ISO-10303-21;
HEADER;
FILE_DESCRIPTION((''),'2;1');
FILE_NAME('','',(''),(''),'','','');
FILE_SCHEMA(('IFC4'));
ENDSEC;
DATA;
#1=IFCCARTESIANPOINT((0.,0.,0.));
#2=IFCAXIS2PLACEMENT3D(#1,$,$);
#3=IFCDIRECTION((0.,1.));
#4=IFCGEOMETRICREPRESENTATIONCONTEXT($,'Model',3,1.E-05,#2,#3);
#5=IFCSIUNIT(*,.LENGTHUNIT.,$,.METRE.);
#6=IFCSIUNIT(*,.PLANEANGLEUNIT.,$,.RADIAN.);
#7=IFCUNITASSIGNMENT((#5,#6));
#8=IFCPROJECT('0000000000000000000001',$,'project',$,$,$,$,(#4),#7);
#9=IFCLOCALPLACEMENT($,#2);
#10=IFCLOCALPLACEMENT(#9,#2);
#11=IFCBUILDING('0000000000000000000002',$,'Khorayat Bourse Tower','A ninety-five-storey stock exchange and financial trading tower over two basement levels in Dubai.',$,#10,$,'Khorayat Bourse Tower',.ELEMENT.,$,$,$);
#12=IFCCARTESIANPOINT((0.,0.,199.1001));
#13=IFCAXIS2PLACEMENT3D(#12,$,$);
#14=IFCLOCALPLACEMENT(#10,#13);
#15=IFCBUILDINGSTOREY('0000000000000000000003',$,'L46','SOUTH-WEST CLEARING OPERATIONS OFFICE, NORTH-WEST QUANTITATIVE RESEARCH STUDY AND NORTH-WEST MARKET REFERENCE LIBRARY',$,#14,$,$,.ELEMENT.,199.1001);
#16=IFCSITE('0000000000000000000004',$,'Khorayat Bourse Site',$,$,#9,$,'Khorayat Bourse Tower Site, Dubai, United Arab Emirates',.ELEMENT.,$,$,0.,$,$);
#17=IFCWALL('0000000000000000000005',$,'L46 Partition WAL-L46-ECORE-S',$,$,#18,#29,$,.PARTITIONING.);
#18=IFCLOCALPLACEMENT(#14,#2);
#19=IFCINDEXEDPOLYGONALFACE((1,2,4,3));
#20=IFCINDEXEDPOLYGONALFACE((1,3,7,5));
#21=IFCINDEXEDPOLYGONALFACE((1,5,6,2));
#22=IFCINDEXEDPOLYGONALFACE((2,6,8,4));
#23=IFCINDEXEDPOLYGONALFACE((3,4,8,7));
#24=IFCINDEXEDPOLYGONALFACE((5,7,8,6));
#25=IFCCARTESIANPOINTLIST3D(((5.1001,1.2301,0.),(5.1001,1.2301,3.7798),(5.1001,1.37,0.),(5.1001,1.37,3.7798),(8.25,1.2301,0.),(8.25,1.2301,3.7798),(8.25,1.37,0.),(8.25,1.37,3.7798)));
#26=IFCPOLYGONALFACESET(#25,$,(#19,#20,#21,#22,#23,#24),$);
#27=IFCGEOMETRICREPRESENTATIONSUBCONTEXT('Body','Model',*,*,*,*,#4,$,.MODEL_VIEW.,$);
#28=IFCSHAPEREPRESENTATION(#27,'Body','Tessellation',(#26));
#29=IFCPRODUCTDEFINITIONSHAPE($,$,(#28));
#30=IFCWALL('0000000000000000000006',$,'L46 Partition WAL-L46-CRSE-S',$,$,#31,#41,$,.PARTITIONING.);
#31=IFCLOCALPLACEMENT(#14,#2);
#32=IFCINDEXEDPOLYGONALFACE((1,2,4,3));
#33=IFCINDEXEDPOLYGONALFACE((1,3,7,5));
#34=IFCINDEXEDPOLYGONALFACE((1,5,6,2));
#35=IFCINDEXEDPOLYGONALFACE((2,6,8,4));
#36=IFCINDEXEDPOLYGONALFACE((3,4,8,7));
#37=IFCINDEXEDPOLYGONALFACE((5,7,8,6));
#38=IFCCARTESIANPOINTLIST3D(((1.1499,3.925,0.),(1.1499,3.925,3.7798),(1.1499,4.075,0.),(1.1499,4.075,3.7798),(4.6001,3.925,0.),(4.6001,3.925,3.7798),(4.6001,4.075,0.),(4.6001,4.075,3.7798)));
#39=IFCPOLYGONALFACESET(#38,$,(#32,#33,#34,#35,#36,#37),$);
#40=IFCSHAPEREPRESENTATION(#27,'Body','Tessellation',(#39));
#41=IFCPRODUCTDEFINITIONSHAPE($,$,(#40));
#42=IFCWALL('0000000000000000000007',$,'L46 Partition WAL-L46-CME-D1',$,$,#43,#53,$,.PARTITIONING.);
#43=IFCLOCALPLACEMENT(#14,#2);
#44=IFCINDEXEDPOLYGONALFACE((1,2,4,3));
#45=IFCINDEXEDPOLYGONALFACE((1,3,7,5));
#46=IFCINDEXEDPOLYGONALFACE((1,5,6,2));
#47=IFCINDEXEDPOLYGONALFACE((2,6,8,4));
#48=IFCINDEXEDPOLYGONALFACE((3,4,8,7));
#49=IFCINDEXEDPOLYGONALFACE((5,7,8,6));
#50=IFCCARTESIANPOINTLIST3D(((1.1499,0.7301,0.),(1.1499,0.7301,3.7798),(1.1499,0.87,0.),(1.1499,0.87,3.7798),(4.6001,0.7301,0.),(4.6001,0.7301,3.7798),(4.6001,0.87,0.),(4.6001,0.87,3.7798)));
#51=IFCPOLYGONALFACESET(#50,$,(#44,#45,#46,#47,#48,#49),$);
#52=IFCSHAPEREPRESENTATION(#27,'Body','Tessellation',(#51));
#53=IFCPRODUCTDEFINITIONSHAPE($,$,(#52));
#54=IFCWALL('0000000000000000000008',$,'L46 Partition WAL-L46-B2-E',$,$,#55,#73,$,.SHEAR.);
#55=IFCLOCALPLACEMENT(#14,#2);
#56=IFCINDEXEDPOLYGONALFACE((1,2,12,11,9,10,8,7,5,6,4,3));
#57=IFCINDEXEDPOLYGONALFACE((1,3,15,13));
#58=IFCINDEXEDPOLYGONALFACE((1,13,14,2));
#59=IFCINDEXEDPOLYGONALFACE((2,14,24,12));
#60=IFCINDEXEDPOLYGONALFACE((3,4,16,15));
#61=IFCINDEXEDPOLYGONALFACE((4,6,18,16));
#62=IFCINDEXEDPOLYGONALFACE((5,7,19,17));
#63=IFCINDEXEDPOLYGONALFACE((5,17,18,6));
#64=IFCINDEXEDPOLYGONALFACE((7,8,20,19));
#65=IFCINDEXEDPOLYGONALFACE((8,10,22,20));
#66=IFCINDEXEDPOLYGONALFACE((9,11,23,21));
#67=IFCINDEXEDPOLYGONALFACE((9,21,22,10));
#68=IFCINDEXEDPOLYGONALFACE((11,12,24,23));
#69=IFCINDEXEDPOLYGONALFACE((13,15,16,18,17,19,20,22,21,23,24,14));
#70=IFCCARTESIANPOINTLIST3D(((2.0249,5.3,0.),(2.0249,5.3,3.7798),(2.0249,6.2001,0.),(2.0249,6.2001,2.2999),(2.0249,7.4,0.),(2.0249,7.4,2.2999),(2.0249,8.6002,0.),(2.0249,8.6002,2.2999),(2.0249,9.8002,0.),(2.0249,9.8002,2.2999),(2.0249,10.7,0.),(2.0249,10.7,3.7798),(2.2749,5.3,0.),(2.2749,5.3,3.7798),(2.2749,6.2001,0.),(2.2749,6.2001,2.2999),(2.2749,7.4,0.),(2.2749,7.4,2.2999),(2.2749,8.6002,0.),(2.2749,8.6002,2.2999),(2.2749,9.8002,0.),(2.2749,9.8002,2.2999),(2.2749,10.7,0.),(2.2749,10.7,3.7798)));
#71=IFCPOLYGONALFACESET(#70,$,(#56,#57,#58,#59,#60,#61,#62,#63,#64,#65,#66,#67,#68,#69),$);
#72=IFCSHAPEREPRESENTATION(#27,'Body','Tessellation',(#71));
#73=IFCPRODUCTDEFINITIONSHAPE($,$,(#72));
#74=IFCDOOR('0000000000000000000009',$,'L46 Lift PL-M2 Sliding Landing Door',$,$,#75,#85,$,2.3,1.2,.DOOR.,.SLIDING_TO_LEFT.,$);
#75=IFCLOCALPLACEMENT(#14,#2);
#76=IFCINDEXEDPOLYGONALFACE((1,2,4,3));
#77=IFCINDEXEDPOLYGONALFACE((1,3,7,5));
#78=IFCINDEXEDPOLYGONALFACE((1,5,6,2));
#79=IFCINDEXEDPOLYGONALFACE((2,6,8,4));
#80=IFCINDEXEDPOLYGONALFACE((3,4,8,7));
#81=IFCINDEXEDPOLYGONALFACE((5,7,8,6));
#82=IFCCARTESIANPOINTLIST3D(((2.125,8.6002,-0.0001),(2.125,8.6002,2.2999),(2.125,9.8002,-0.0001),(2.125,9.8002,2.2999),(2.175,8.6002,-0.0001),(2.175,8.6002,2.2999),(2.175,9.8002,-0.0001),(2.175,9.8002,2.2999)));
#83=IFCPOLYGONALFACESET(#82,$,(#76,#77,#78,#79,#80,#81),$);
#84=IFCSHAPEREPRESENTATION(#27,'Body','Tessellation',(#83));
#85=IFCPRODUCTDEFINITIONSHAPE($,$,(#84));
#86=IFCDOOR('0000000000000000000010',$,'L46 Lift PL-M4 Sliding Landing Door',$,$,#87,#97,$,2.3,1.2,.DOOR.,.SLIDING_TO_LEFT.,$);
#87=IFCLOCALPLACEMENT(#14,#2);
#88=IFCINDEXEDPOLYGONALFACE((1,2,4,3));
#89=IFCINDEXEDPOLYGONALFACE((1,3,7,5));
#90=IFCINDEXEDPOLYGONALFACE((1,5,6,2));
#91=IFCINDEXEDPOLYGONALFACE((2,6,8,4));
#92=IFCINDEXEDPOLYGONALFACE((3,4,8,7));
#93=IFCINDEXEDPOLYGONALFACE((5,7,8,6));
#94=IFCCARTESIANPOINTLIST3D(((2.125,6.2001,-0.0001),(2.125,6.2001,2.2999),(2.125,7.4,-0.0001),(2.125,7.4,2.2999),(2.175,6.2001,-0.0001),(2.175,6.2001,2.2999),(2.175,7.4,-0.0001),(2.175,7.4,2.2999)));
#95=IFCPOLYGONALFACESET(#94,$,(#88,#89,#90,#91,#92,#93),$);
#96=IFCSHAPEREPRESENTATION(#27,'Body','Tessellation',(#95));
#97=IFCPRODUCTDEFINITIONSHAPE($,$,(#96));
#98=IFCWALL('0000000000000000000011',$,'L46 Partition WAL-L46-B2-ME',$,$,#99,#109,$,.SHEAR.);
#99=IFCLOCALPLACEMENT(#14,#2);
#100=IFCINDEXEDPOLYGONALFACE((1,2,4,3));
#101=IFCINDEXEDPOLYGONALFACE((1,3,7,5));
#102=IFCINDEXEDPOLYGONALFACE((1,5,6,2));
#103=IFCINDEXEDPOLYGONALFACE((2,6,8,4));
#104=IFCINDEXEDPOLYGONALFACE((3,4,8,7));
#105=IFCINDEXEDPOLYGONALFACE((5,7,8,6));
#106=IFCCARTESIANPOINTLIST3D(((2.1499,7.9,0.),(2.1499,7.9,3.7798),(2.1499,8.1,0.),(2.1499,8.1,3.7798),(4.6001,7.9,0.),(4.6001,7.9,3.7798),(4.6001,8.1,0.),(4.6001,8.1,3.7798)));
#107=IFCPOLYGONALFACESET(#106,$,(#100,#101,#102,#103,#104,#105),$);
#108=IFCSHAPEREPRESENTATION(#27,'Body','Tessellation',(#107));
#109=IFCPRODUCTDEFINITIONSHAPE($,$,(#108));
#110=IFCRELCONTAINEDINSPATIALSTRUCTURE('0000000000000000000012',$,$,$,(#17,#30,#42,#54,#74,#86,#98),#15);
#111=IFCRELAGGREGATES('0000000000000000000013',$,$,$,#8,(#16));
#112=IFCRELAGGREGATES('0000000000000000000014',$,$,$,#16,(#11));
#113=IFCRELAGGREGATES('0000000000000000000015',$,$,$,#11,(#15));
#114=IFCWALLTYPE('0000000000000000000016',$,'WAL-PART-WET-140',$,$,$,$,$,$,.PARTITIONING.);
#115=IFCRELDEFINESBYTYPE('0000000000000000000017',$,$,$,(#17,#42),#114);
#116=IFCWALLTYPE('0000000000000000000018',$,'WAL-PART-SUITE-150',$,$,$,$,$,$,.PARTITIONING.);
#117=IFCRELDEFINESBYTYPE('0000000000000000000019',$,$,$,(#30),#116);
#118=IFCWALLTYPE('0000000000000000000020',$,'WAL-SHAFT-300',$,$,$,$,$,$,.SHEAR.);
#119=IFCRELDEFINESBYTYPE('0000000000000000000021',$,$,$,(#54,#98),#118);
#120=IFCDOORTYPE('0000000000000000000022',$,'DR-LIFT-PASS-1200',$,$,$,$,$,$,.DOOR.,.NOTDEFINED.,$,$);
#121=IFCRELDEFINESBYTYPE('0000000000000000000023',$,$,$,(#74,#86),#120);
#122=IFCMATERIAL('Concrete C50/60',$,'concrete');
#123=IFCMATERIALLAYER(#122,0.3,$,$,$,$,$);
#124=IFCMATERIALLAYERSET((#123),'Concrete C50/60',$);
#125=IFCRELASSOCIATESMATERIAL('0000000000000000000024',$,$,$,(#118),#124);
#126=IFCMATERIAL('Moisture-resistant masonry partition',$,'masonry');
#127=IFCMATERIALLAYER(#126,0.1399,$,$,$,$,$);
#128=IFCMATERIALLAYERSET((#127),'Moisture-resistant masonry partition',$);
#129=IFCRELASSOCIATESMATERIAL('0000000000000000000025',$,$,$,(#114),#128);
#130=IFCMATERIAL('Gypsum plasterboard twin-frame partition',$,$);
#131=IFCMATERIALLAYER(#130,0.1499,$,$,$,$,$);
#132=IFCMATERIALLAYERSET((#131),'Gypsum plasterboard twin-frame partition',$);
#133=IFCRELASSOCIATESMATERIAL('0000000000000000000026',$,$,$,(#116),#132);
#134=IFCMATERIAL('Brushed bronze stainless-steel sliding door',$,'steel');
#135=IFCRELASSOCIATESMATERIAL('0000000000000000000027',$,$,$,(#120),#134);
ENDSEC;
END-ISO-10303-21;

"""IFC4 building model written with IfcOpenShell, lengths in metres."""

from ifc_helpers import new_model, si_unit, direction, frame, frame_2d, origin, place, context, subcontext, project, spatial, rectangle, extrude, source, transform, mapped, material, layer, layer_set, type_object, element, fill, save


model = new_model("IFC4")

# Units and contexts
model_context = context("Model", 3, precision=1e-05, world=origin(), true_north=direction((0.0, 1.0)))
body_context = subcontext(model_context, "Body", "Model", "MODEL_VIEW")
ifc_project = project(units=[si_unit("LENGTHUNIT", "METRE"), si_unit("PLANEANGLEUNIT", "RADIAN")], contexts=[model_context])

# Site, building, storey
site_placement = place(None, origin())
site = spatial("IfcSite", under=ifc_project, at=site_placement, Name="Khorayat Bourse Site", LongName="Khorayat Bourse Tower Site, Dubai, United Arab Emirates", CompositionType="ELEMENT", RefElevation=0.0)
building_placement = place(site_placement, origin())
building = spatial("IfcBuilding", under=site, at=building_placement, Name="Khorayat Bourse Tower", Description="A ninety-five-storey stock exchange and financial trading tower over two basement levels in Dubai.", LongName="Khorayat Bourse Tower", CompositionType="ELEMENT")
storey_placement = place(building_placement, frame((0.0, 0.0, 199.1001)))
storey = spatial("IfcBuildingStorey", under=building, at=storey_placement, Name="L46", Description="SOUTH-WEST CLEARING OPERATIONS OFFICE, NORTH-WEST QUANTITATIVE RESEARCH STUDY AND NORTH-WEST MARKET REFERENCE LIBRARY", CompositionType="ELEMENT", Elevation=199.1001)

# Wall
ifc_material_1 = material(Name="Concrete C50/60", Category="concrete")
ifc_layer_1 = layer(ifc_material_1, 0.3)
ifc_layer_set_1 = layer_set([ifc_layer_1], Name="Concrete C50/60")
wall_type_1 = type_object("IfcWallType", Name="WAL-SHAFT-300", PredefinedType="SHEAR", material=ifc_layer_set_1)
ifc_material_2 = material(Name="Moisture-resistant masonry partition", Category="masonry")
ifc_layer_2 = layer(ifc_material_2, 0.1399)
ifc_layer_set_2 = layer_set([ifc_layer_2], Name="Moisture-resistant masonry partition")
wall_type_2 = type_object("IfcWallType", Name="WAL-PART-WET-140", PredefinedType="PARTITIONING", material=ifc_layer_set_2)
shared_shape_1 = source(origin(), body_context, "Body", "SweptSolid", [
    extrude(rectangle(XDim=3.1499, YDim=0.1399, at=frame_2d((1.575, 0.0))), origin(), (0.0, 0.0, 1.0), 3.7798),
])
wall_1_placement = place(storey_placement, frame((5.1001, 1.3, 0.0), z_axis=(0.0, 0.0, 1.0), x_axis=(1.0, 0.0, 0.0)))
element("IfcWall", 1, at=wall_1_placement, inside=storey, type_object=wall_type_2, Name="L46 Partition WAL-L46-ECORE-S", PredefinedType="PARTITIONING", context=body_context, shape_type="MappedRepresentation", body=[
    mapped(shared_shape_1, transform((0.0, 0.0, 0.0), scale=1.0)),
])

# Walls
ifc_material_3 = material(Name="Gypsum plasterboard twin-frame partition")
ifc_layer_3 = layer(ifc_material_3, 0.1499)
ifc_layer_set_3 = layer_set([ifc_layer_3], Name="Gypsum plasterboard twin-frame partition")
wall_type_3 = type_object("IfcWallType", Name="WAL-PART-SUITE-150", PredefinedType="PARTITIONING", material=ifc_layer_set_3)
shared_shape_2 = source(origin(), body_context, "Body", "SweptSolid", [
    extrude(rectangle(XDim=3.4502, YDim=0.1499, at=frame_2d((1.7251, 0.0))), origin(), (0.0, 0.0, 1.0), 3.7798),
])
wall_2_placement = place(storey_placement, frame((1.1499, 4.0, 0.0), z_axis=(0.0, 0.0, 1.0), x_axis=(1.0, 0.0, 0.0)))
element("IfcWall", 2, at=wall_2_placement, inside=storey, type_object=wall_type_3, Name="L46 Partition WAL-L46-CRSE-S", PredefinedType="PARTITIONING", context=body_context, shape_type="MappedRepresentation", body=[
    mapped(shared_shape_2, transform((0.0, 0.0, 0.0), scale=1.0)),
])
shared_shape_3 = source(origin(), body_context, "Body", "SweptSolid", [
    extrude(rectangle(XDim=3.4502, YDim=0.1399, at=frame_2d((1.7251, 0.0))), origin(), (0.0, 0.0, 1.0), 3.7798),
])
wall_3_placement = place(storey_placement, frame((1.1499, 0.8, 0.0), z_axis=(0.0, 0.0, 1.0), x_axis=(1.0, 0.0, 0.0)))
element("IfcWall", 3, at=wall_3_placement, inside=storey, type_object=wall_type_2, Name="L46 Partition WAL-L46-CME-D1", PredefinedType="PARTITIONING", context=body_context, shape_type="MappedRepresentation", body=[
    mapped(shared_shape_3, transform((0.0, 0.0, 0.0), scale=1.0)),
])

# Wall, openings, doors
shared_shape_4 = source(origin(), body_context, "Body", "SweptSolid", [
    extrude(rectangle(XDim=5.3999, YDim=0.25, at=frame_2d((2.7, 0.0))), origin(), (0.0, 0.0, 1.0), 3.7798),
])
wall_4_placement = place(storey_placement, frame((2.1499, 5.3, 0.0), z_axis=(0.0, 0.0, 1.0), x_axis=(0.0, 1.0, 0.0)))
wall_4 = element("IfcWall", 4, at=wall_4_placement, inside=storey, type_object=wall_type_1, Name="L46 Partition WAL-L46-B2-E", PredefinedType="SHEAR", context=body_context, shape_type="MappedRepresentation", body=[
    mapped(shared_shape_4, transform((0.0, 0.0, 0.0), scale=1.0)),
])
shared_shape_5 = source(origin(), body_context, "Body", "SweptSolid", [
    extrude(rectangle(XDim=1.2, YDim=2.3, at=frame_2d((0.6001, 1.1499))), frame((0.0, 0.135, 0.0), z_axis=(0.0, -1.0, 0.0), x_axis=(1.0, 0.0, 0.0)), (0.0, 0.0, 1.0), 0.27),
])
opening_1_placement = place(wall_4_placement, frame((3.3, 0.0, 0.0)))
opening_1 = element("IfcOpeningElement", 5, at=opening_1_placement, cuts=wall_4, PredefinedType="OPENING", context=body_context, shape_type="MappedRepresentation", body=[
    mapped(shared_shape_5, transform((0.0, 0.0, 0.0), scale=1.0)),
])
opening_2_placement = place(wall_4_placement, frame((0.8999, 0.0, 0.0)))
opening_2 = element("IfcOpeningElement", 6, at=opening_2_placement, cuts=wall_4, PredefinedType="OPENING", context=body_context, shape_type="MappedRepresentation", body=[
    mapped(shared_shape_5, transform((0.0, 0.0, 0.0), scale=1.0)),
])
ifc_material_4 = material(Name="Brushed bronze stainless-steel sliding door", Category="steel")
door_type_1 = type_object("IfcDoorType", Name="DR-LIFT-PASS-1200", OperationType="NOTDEFINED", PredefinedType="DOOR", material=ifc_material_4)
shared_shape_6 = source(origin(), body_context, "Body", "SweptSolid", [
    extrude(rectangle(XDim=1.2, YDim=2.3, at=frame_2d((0.6001, 1.1499))), frame((0.0, 0.0249, 0.0), z_axis=(0.0, -1.0, 0.0), x_axis=(1.0, 0.0, 0.0)), (0.0, 0.0, 1.0), 0.05),
])
door_1_placement = place(opening_1_placement, origin())
door_1 = element("IfcDoor", 7, at=door_1_placement, inside=storey, type_object=door_type_1, Name="L46 Lift PL-M2 Sliding Landing Door", OperationType="SLIDING_TO_LEFT", OverallHeight=2.3, OverallWidth=1.2, PredefinedType="DOOR", context=body_context, shape_type="MappedRepresentation", body=[
    mapped(shared_shape_6, transform((0.0, 0.0, 0.0), scale=1.0)),
])
fill(opening_1, door_1)
door_2_placement = place(opening_2_placement, origin())
door_2 = element("IfcDoor", 8, at=door_2_placement, inside=storey, type_object=door_type_1, Name="L46 Lift PL-M4 Sliding Landing Door", OperationType="SLIDING_TO_LEFT", OverallHeight=2.3, OverallWidth=1.2, PredefinedType="DOOR", context=body_context, shape_type="MappedRepresentation", body=[
    mapped(shared_shape_6, transform((0.0, 0.0, 0.0), scale=1.0)),
])
fill(opening_2, door_2)

# Wall
shared_shape_7 = source(origin(), body_context, "Body", "SweptSolid", [
    extrude(rectangle(XDim=2.4502, YDim=0.2, at=frame_2d((1.2251, 0.0))), origin(), (0.0, 0.0, 1.0), 3.7798),
])
wall_5_placement = place(storey_placement, frame((2.1499, 8.0, 0.0), z_axis=(0.0, 0.0, 1.0), x_axis=(1.0, 0.0, 0.0)))
element("IfcWall", 9, at=wall_5_placement, inside=storey, type_object=wall_type_1, Name="L46 Partition WAL-L46-B2-ME", PredefinedType="SHEAR", context=body_context, shape_type="MappedRepresentation", body=[
    mapped(shared_shape_7, transform((0.0, 0.0, 0.0), scale=1.0)),
])

save(model, "model.ifc")
